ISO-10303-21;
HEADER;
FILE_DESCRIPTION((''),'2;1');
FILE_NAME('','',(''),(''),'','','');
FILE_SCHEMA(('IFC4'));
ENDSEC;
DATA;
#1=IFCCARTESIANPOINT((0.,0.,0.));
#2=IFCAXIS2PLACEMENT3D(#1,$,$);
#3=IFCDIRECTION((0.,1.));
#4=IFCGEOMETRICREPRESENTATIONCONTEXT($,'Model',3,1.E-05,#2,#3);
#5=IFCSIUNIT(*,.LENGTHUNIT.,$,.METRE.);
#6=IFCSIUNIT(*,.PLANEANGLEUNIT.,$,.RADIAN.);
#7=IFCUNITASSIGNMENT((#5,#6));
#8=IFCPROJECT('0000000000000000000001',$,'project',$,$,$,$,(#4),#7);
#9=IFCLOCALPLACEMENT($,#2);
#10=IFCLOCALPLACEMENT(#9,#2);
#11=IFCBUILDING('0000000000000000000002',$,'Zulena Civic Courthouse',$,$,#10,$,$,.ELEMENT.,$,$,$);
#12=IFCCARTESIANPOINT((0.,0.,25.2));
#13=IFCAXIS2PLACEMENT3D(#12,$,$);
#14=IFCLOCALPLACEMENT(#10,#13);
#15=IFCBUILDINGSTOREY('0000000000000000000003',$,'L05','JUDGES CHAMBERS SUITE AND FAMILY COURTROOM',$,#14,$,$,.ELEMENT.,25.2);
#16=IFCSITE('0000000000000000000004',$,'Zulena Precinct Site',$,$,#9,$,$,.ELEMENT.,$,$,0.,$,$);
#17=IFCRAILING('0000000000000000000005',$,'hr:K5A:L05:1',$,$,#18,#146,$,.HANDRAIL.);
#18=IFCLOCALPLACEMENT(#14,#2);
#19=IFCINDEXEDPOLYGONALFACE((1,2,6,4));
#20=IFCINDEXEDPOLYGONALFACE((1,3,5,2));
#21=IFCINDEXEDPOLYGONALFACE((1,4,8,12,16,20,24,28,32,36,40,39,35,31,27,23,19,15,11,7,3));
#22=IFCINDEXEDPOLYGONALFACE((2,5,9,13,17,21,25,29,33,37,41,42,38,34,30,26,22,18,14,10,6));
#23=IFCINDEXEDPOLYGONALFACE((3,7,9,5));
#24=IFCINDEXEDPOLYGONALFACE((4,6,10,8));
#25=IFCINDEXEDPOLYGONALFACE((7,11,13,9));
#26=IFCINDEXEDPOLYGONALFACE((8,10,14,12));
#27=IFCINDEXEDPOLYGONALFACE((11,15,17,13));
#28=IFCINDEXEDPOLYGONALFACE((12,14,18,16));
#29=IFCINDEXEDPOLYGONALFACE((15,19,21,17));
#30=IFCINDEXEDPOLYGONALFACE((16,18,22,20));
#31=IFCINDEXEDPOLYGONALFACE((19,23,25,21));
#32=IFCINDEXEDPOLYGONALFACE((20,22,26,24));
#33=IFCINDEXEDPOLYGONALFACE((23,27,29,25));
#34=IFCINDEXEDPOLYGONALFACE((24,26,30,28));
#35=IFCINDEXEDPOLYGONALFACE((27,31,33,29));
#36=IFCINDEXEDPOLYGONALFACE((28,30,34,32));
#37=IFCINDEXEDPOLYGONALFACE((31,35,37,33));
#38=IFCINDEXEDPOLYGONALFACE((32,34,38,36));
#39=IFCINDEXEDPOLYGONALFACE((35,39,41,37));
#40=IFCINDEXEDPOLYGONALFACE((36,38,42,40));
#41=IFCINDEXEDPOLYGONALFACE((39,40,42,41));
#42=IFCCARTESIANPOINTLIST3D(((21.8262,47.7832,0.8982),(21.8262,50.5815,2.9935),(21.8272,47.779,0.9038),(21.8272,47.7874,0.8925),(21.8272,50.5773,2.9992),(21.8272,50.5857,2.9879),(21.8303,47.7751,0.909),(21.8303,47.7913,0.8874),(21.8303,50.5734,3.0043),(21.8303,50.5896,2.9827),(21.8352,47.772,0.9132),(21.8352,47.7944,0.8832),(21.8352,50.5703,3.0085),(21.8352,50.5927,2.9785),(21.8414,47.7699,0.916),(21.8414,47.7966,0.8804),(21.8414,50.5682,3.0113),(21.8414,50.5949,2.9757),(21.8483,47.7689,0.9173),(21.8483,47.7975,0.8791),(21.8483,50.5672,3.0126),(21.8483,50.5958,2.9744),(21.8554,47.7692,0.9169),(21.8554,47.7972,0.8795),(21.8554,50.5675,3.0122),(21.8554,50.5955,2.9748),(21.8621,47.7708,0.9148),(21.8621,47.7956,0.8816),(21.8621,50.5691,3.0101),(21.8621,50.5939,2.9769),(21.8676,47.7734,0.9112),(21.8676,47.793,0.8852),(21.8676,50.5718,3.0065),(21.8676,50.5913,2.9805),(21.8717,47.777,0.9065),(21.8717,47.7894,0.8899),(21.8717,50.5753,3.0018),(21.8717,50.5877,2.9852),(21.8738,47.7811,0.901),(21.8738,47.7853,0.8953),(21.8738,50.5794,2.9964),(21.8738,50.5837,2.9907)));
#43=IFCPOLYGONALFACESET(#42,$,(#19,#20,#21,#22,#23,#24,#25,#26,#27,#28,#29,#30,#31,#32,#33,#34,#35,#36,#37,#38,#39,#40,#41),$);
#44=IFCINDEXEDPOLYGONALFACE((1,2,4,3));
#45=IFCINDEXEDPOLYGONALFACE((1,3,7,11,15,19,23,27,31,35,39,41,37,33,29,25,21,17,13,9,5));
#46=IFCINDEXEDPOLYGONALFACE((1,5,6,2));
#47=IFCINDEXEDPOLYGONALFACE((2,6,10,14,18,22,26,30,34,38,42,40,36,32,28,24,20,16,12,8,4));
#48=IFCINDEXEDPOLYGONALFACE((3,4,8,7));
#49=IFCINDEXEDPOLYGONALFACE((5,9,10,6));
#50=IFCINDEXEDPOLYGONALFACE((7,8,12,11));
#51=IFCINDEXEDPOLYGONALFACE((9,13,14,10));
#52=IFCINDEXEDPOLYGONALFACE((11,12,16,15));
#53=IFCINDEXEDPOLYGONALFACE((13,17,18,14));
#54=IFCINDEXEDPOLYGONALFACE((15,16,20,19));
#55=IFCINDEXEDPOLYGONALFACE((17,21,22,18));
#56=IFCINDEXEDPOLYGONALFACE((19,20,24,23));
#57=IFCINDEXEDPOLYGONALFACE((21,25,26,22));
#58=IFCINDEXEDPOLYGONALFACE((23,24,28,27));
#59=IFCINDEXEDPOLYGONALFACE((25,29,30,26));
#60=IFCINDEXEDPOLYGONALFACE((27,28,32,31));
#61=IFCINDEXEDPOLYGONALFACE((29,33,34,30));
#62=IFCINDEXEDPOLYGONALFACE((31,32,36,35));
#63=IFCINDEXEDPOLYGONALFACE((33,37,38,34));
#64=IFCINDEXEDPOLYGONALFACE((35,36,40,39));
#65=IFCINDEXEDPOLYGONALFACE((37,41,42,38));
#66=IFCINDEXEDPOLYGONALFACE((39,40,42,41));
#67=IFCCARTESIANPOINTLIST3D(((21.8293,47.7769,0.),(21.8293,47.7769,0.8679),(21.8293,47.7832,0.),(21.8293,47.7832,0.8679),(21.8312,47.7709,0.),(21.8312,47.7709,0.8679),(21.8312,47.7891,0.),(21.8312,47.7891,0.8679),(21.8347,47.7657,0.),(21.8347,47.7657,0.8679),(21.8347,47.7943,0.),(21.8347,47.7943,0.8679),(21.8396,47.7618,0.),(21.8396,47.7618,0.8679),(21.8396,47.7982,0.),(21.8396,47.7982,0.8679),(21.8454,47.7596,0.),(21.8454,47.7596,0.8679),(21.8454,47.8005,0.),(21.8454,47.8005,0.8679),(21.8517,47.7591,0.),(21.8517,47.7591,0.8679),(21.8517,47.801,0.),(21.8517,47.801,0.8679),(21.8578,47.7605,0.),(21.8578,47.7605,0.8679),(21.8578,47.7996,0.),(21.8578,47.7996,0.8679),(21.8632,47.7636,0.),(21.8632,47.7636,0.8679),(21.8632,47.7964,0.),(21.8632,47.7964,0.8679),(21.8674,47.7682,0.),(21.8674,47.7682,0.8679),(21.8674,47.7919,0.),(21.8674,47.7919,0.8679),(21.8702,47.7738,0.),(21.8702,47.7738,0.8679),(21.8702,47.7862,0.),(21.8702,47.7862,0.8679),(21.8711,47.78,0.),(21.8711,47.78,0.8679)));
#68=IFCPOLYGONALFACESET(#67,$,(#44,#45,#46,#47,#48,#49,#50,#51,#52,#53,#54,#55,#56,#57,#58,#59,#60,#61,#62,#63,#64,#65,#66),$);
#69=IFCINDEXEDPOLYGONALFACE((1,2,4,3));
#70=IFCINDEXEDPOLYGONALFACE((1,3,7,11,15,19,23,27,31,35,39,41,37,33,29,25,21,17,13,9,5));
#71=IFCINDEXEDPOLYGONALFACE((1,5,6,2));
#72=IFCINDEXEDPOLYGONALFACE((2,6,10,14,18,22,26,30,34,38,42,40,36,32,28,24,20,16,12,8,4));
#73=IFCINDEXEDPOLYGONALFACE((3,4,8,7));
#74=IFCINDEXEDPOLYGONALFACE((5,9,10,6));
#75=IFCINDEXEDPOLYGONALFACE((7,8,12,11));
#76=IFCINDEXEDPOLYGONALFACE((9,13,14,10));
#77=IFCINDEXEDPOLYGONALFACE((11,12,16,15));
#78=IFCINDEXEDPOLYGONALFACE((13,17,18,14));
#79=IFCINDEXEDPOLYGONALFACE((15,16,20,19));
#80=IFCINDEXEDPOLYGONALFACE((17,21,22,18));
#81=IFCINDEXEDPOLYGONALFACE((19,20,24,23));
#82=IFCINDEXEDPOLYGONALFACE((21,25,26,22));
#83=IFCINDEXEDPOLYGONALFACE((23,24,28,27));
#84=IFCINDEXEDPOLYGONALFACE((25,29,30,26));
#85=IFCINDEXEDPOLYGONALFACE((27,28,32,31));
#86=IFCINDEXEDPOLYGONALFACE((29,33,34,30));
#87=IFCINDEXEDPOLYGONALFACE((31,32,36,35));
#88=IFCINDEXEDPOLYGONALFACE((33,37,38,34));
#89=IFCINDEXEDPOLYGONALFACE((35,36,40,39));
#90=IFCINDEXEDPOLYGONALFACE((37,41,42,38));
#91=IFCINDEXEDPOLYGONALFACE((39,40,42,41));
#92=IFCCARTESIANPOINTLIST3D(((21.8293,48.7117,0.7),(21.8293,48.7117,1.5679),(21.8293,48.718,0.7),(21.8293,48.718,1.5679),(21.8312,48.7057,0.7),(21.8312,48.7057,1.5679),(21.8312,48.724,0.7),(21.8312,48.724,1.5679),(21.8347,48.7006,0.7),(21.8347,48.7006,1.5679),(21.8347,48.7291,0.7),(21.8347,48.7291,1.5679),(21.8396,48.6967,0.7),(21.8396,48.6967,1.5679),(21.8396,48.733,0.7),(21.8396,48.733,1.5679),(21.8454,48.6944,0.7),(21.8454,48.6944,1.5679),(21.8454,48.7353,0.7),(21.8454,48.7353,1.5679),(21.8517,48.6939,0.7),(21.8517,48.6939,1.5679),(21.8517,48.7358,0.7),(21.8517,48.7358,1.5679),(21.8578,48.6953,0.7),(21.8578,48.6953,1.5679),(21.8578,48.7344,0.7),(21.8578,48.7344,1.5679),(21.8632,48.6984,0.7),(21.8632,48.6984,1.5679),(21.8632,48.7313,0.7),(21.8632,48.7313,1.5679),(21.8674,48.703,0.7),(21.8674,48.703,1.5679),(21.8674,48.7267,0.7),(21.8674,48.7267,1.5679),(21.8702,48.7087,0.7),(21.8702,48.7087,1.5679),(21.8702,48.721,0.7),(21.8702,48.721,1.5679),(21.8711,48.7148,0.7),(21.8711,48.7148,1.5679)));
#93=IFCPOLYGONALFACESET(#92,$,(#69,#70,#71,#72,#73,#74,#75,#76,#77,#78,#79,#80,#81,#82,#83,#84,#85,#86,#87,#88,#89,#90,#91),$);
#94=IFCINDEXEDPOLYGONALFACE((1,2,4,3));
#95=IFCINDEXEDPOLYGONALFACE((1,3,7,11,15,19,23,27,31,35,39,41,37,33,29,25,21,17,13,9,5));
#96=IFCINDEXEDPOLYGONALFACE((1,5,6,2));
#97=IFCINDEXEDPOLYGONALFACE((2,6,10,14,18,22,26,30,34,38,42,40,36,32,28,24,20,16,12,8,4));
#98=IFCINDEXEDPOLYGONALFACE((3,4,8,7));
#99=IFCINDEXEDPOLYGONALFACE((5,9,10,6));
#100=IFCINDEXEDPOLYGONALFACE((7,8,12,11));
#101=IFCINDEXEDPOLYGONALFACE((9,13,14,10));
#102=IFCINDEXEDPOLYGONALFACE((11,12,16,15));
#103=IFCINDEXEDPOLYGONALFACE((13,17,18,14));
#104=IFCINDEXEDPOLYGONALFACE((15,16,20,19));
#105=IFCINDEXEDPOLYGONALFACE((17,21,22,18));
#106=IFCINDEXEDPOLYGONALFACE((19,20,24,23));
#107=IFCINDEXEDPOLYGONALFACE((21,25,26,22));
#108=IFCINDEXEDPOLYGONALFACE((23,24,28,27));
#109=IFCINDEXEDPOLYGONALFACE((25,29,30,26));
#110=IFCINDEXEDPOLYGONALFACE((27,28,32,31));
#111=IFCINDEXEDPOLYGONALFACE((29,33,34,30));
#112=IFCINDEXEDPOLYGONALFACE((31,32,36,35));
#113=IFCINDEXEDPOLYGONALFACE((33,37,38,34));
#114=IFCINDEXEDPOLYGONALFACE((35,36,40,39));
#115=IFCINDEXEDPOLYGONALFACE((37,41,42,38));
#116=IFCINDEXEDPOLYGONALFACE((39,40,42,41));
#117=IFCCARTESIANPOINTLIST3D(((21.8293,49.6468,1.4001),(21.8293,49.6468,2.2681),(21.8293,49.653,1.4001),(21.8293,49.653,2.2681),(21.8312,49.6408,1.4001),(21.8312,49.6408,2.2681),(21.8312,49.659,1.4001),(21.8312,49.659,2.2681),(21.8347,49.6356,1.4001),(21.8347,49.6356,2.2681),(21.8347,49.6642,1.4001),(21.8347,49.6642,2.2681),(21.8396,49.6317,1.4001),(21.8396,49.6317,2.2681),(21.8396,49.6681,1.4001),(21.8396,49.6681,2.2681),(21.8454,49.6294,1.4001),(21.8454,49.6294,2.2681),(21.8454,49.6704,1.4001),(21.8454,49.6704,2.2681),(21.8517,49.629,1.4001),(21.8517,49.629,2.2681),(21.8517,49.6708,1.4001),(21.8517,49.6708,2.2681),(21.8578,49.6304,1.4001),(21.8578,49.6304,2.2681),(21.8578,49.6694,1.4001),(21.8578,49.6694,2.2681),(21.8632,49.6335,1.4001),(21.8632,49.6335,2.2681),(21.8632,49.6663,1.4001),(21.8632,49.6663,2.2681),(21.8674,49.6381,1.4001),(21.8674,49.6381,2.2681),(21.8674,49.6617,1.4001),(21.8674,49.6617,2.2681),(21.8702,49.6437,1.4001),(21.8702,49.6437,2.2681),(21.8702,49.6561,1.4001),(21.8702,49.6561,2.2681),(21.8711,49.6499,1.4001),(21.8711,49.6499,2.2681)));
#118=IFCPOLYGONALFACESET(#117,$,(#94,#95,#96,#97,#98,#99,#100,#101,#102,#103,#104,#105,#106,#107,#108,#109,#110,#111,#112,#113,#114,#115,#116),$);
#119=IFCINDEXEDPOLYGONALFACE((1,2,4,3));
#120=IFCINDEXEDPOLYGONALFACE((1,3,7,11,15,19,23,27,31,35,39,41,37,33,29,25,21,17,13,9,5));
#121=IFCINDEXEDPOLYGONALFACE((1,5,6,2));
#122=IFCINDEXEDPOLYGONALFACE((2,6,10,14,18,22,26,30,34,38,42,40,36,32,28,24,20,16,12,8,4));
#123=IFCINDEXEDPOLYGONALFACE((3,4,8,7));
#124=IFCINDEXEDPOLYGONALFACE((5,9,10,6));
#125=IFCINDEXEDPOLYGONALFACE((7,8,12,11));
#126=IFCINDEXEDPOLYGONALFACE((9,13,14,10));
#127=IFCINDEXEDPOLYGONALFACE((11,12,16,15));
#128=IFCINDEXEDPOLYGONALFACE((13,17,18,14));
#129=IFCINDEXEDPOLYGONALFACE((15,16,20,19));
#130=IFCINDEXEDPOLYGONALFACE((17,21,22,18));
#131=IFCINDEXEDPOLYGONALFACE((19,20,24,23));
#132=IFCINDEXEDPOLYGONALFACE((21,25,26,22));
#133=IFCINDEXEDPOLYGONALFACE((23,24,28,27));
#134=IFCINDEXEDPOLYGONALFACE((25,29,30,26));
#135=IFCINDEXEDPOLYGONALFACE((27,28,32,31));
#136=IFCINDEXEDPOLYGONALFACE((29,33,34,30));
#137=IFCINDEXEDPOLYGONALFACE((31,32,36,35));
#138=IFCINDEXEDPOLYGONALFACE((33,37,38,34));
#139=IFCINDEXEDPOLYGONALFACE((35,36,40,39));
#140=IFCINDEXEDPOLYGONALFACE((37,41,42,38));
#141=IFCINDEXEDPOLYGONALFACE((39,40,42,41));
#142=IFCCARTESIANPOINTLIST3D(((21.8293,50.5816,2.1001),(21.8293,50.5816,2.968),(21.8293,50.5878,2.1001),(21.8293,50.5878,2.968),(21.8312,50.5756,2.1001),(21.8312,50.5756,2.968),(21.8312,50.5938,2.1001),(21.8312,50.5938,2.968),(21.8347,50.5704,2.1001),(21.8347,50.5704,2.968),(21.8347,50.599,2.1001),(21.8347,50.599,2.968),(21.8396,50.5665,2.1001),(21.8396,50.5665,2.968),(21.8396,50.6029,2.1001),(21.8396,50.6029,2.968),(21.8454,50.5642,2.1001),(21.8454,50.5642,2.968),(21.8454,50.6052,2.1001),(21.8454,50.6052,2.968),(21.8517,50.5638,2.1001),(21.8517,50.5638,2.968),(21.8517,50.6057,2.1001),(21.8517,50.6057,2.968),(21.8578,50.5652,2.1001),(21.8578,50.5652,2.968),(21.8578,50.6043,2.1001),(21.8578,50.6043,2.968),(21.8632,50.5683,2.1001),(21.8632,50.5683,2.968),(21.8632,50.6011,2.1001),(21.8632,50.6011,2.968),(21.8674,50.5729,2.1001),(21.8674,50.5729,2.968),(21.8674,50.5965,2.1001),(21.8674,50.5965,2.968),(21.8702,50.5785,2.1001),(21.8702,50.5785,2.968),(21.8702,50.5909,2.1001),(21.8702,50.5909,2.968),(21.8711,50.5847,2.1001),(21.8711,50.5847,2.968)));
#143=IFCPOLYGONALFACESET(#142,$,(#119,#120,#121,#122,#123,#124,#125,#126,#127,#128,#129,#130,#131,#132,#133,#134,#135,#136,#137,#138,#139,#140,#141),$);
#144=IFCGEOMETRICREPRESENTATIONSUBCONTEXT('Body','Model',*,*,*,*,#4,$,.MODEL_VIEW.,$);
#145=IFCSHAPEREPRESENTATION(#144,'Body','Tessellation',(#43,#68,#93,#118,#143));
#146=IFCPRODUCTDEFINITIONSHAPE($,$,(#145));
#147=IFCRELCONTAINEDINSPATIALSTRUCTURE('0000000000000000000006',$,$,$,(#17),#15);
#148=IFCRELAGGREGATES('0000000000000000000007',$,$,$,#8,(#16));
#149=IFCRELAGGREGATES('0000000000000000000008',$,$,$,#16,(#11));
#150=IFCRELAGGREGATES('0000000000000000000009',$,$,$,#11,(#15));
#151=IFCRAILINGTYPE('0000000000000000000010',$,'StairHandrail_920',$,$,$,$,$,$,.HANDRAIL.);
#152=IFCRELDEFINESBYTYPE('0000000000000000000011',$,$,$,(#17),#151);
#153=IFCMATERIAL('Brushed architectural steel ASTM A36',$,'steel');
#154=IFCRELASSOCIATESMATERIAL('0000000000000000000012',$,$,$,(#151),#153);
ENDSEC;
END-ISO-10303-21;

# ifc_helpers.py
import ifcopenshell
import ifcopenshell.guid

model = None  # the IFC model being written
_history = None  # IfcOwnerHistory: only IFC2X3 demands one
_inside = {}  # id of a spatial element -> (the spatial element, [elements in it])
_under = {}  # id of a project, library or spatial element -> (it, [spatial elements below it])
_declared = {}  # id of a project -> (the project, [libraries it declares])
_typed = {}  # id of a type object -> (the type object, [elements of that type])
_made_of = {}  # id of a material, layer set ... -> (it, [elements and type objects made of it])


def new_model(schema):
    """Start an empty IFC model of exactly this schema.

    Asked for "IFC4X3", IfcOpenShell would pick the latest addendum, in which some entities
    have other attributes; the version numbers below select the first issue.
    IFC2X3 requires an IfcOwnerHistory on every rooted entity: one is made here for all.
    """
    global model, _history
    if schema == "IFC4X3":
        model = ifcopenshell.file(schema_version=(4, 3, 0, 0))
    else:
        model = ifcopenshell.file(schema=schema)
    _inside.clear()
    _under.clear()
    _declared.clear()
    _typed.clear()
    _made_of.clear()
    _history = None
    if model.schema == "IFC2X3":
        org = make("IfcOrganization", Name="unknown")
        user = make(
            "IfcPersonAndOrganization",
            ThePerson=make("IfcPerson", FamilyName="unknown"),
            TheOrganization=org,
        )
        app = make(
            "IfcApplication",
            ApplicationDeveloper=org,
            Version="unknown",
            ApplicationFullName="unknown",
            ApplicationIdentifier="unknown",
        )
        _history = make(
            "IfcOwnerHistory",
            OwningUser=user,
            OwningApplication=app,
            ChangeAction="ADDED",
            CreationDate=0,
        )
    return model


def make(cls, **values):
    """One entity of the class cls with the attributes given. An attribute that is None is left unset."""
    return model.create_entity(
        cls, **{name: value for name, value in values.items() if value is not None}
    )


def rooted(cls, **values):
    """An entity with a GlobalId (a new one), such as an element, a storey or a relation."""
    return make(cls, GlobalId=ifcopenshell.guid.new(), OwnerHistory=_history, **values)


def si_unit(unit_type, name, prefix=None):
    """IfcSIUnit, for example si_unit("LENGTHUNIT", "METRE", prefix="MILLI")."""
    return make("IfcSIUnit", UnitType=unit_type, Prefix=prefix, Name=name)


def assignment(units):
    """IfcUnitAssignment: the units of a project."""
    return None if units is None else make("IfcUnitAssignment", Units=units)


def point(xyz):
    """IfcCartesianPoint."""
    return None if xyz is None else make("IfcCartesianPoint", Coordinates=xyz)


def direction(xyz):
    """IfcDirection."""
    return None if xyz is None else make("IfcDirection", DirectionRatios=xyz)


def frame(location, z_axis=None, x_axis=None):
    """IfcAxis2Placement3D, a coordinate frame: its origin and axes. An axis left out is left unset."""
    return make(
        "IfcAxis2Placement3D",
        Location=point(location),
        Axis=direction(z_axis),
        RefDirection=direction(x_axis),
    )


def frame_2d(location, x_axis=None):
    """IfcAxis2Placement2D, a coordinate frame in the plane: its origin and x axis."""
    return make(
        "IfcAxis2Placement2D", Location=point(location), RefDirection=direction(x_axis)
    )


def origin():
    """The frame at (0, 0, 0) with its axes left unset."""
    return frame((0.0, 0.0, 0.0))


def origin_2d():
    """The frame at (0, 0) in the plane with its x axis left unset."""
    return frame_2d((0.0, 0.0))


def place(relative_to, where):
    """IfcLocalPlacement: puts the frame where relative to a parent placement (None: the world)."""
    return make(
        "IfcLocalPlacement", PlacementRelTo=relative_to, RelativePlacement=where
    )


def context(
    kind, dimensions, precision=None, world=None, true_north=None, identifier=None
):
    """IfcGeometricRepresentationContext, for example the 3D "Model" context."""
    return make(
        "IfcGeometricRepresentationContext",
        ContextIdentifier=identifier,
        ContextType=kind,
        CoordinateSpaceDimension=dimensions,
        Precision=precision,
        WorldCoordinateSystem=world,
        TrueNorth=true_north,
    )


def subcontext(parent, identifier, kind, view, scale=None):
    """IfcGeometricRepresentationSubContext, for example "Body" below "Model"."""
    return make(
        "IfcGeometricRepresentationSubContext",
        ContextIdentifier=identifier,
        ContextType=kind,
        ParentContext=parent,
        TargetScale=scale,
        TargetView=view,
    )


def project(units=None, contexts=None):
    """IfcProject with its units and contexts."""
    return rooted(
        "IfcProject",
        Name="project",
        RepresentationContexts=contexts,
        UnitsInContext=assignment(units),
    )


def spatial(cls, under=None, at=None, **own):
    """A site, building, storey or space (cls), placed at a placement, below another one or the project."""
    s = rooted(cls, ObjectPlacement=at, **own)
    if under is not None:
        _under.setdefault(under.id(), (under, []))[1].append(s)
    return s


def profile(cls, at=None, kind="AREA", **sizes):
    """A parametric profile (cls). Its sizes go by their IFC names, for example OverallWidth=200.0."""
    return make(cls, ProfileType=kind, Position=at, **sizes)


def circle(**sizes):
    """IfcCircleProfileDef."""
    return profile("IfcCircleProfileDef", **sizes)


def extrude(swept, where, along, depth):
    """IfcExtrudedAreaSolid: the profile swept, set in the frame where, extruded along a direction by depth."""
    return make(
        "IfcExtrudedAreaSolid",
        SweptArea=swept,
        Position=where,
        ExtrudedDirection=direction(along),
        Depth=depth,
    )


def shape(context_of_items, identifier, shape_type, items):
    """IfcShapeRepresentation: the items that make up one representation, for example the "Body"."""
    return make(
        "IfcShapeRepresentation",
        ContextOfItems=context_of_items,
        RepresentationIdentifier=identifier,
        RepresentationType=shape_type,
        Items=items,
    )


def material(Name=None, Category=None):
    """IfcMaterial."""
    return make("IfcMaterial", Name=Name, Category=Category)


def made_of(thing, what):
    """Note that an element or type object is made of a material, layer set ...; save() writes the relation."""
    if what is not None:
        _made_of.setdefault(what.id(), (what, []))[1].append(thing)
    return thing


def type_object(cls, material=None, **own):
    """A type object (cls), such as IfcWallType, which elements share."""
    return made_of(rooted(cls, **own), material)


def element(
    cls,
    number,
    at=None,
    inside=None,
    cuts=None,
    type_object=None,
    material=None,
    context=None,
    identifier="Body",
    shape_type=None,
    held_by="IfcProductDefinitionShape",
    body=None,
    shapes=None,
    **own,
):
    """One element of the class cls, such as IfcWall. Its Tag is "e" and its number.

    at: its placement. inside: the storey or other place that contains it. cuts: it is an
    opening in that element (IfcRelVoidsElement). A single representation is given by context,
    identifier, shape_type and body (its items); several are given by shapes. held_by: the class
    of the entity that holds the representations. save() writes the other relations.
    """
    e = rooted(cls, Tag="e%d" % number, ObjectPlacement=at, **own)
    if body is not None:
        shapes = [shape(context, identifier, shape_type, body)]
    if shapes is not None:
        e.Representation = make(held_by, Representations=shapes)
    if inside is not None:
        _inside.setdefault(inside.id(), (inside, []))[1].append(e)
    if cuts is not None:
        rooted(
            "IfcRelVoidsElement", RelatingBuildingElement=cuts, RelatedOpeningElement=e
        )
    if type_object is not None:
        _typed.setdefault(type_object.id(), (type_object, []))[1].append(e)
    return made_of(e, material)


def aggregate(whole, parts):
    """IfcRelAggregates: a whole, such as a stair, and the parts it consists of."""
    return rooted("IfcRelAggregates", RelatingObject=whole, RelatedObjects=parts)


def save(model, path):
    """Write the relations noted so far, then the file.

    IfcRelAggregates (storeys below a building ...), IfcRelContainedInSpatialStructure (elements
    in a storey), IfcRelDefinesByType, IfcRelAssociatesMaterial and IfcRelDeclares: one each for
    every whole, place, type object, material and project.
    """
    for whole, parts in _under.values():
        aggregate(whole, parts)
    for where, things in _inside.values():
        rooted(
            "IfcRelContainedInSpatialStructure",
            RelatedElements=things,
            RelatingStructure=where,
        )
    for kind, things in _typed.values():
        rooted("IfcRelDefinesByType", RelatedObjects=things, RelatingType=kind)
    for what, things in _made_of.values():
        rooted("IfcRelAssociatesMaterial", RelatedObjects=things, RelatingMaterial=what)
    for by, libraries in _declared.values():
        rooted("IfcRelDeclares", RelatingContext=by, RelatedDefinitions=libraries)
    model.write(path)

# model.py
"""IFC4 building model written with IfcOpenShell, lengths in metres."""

from ifc_helpers import new_model, si_unit, direction, frame, origin, origin_2d, place, context, subcontext, project, spatial, circle, extrude, material, type_object, element, save


model = new_model("IFC4")

# Units and contexts
model_context = context("Model", 3, precision=1e-05, world=origin(), true_north=direction((0.0, 1.0)))
body_context = subcontext(model_context, "Body", "Model", "MODEL_VIEW")
ifc_project = project(units=[si_unit("LENGTHUNIT", "METRE"), si_unit("PLANEANGLEUNIT", "RADIAN")], contexts=[model_context])

# Site, building, storey
site_placement = place(None, origin())
site = spatial("IfcSite", under=ifc_project, at=site_placement, Name="Zulena Precinct Site", CompositionType="ELEMENT", RefElevation=0.0)
building_placement = place(site_placement, origin())
building = spatial("IfcBuilding", under=site, at=building_placement, Name="Zulena Civic Courthouse", CompositionType="ELEMENT")
storey_placement = place(building_placement, frame((0.0, 0.0, 25.2)))
storey = spatial("IfcBuildingStorey", under=building, at=storey_placement, Name="L05", Description="JUDGES CHAMBERS SUITE AND FAMILY COURTROOM", CompositionType="ELEMENT", Elevation=25.2)

# Shared definitions
ifc_material_1 = material(Name="Brushed architectural steel ASTM A36", Category="steel")

# Railing
railing_type_1 = type_object("IfcRailingType", Name="StairHandrail_920", PredefinedType="HANDRAIL", material=ifc_material_1)
railing_1_placement = place(storey_placement, frame((21.8501, 47.78, 0.0)))
element("IfcRailing", 1, at=railing_1_placement, inside=storey, type_object=railing_type_1, Name="hr:K5A:L05:1", PredefinedType="HANDRAIL", context=body_context, shape_type="SweptSolid", body=[
    extrude(circle(Radius=0.0239, at=origin_2d()), frame((0.0, 0.0032, 0.8982), z_axis=(0.0, 0.800468, 0.599375), x_axis=(-1.0, 0.0, 0.0)), (0.0, 0.0, 1.0), 3.4958),
    extrude(circle(Radius=0.021, at=origin_2d()), origin(), (0.0, 0.0, 1.0), 0.8679),
    extrude(circle(Radius=0.021, at=origin_2d()), frame((0.0, 0.9348, 0.7)), (0.0, 0.0, 1.0), 0.8679),
    extrude(circle(Radius=0.021, at=origin_2d()), frame((0.0, 1.8699, 1.4001)), (0.0, 0.0, 1.0), 0.8679),
    extrude(circle(Radius=0.021, at=origin_2d()), frame((0.0, 2.8047, 2.1001)), (0.0, 0.0, 1.0), 0.8679),
])

save(model, "model.ifc")
